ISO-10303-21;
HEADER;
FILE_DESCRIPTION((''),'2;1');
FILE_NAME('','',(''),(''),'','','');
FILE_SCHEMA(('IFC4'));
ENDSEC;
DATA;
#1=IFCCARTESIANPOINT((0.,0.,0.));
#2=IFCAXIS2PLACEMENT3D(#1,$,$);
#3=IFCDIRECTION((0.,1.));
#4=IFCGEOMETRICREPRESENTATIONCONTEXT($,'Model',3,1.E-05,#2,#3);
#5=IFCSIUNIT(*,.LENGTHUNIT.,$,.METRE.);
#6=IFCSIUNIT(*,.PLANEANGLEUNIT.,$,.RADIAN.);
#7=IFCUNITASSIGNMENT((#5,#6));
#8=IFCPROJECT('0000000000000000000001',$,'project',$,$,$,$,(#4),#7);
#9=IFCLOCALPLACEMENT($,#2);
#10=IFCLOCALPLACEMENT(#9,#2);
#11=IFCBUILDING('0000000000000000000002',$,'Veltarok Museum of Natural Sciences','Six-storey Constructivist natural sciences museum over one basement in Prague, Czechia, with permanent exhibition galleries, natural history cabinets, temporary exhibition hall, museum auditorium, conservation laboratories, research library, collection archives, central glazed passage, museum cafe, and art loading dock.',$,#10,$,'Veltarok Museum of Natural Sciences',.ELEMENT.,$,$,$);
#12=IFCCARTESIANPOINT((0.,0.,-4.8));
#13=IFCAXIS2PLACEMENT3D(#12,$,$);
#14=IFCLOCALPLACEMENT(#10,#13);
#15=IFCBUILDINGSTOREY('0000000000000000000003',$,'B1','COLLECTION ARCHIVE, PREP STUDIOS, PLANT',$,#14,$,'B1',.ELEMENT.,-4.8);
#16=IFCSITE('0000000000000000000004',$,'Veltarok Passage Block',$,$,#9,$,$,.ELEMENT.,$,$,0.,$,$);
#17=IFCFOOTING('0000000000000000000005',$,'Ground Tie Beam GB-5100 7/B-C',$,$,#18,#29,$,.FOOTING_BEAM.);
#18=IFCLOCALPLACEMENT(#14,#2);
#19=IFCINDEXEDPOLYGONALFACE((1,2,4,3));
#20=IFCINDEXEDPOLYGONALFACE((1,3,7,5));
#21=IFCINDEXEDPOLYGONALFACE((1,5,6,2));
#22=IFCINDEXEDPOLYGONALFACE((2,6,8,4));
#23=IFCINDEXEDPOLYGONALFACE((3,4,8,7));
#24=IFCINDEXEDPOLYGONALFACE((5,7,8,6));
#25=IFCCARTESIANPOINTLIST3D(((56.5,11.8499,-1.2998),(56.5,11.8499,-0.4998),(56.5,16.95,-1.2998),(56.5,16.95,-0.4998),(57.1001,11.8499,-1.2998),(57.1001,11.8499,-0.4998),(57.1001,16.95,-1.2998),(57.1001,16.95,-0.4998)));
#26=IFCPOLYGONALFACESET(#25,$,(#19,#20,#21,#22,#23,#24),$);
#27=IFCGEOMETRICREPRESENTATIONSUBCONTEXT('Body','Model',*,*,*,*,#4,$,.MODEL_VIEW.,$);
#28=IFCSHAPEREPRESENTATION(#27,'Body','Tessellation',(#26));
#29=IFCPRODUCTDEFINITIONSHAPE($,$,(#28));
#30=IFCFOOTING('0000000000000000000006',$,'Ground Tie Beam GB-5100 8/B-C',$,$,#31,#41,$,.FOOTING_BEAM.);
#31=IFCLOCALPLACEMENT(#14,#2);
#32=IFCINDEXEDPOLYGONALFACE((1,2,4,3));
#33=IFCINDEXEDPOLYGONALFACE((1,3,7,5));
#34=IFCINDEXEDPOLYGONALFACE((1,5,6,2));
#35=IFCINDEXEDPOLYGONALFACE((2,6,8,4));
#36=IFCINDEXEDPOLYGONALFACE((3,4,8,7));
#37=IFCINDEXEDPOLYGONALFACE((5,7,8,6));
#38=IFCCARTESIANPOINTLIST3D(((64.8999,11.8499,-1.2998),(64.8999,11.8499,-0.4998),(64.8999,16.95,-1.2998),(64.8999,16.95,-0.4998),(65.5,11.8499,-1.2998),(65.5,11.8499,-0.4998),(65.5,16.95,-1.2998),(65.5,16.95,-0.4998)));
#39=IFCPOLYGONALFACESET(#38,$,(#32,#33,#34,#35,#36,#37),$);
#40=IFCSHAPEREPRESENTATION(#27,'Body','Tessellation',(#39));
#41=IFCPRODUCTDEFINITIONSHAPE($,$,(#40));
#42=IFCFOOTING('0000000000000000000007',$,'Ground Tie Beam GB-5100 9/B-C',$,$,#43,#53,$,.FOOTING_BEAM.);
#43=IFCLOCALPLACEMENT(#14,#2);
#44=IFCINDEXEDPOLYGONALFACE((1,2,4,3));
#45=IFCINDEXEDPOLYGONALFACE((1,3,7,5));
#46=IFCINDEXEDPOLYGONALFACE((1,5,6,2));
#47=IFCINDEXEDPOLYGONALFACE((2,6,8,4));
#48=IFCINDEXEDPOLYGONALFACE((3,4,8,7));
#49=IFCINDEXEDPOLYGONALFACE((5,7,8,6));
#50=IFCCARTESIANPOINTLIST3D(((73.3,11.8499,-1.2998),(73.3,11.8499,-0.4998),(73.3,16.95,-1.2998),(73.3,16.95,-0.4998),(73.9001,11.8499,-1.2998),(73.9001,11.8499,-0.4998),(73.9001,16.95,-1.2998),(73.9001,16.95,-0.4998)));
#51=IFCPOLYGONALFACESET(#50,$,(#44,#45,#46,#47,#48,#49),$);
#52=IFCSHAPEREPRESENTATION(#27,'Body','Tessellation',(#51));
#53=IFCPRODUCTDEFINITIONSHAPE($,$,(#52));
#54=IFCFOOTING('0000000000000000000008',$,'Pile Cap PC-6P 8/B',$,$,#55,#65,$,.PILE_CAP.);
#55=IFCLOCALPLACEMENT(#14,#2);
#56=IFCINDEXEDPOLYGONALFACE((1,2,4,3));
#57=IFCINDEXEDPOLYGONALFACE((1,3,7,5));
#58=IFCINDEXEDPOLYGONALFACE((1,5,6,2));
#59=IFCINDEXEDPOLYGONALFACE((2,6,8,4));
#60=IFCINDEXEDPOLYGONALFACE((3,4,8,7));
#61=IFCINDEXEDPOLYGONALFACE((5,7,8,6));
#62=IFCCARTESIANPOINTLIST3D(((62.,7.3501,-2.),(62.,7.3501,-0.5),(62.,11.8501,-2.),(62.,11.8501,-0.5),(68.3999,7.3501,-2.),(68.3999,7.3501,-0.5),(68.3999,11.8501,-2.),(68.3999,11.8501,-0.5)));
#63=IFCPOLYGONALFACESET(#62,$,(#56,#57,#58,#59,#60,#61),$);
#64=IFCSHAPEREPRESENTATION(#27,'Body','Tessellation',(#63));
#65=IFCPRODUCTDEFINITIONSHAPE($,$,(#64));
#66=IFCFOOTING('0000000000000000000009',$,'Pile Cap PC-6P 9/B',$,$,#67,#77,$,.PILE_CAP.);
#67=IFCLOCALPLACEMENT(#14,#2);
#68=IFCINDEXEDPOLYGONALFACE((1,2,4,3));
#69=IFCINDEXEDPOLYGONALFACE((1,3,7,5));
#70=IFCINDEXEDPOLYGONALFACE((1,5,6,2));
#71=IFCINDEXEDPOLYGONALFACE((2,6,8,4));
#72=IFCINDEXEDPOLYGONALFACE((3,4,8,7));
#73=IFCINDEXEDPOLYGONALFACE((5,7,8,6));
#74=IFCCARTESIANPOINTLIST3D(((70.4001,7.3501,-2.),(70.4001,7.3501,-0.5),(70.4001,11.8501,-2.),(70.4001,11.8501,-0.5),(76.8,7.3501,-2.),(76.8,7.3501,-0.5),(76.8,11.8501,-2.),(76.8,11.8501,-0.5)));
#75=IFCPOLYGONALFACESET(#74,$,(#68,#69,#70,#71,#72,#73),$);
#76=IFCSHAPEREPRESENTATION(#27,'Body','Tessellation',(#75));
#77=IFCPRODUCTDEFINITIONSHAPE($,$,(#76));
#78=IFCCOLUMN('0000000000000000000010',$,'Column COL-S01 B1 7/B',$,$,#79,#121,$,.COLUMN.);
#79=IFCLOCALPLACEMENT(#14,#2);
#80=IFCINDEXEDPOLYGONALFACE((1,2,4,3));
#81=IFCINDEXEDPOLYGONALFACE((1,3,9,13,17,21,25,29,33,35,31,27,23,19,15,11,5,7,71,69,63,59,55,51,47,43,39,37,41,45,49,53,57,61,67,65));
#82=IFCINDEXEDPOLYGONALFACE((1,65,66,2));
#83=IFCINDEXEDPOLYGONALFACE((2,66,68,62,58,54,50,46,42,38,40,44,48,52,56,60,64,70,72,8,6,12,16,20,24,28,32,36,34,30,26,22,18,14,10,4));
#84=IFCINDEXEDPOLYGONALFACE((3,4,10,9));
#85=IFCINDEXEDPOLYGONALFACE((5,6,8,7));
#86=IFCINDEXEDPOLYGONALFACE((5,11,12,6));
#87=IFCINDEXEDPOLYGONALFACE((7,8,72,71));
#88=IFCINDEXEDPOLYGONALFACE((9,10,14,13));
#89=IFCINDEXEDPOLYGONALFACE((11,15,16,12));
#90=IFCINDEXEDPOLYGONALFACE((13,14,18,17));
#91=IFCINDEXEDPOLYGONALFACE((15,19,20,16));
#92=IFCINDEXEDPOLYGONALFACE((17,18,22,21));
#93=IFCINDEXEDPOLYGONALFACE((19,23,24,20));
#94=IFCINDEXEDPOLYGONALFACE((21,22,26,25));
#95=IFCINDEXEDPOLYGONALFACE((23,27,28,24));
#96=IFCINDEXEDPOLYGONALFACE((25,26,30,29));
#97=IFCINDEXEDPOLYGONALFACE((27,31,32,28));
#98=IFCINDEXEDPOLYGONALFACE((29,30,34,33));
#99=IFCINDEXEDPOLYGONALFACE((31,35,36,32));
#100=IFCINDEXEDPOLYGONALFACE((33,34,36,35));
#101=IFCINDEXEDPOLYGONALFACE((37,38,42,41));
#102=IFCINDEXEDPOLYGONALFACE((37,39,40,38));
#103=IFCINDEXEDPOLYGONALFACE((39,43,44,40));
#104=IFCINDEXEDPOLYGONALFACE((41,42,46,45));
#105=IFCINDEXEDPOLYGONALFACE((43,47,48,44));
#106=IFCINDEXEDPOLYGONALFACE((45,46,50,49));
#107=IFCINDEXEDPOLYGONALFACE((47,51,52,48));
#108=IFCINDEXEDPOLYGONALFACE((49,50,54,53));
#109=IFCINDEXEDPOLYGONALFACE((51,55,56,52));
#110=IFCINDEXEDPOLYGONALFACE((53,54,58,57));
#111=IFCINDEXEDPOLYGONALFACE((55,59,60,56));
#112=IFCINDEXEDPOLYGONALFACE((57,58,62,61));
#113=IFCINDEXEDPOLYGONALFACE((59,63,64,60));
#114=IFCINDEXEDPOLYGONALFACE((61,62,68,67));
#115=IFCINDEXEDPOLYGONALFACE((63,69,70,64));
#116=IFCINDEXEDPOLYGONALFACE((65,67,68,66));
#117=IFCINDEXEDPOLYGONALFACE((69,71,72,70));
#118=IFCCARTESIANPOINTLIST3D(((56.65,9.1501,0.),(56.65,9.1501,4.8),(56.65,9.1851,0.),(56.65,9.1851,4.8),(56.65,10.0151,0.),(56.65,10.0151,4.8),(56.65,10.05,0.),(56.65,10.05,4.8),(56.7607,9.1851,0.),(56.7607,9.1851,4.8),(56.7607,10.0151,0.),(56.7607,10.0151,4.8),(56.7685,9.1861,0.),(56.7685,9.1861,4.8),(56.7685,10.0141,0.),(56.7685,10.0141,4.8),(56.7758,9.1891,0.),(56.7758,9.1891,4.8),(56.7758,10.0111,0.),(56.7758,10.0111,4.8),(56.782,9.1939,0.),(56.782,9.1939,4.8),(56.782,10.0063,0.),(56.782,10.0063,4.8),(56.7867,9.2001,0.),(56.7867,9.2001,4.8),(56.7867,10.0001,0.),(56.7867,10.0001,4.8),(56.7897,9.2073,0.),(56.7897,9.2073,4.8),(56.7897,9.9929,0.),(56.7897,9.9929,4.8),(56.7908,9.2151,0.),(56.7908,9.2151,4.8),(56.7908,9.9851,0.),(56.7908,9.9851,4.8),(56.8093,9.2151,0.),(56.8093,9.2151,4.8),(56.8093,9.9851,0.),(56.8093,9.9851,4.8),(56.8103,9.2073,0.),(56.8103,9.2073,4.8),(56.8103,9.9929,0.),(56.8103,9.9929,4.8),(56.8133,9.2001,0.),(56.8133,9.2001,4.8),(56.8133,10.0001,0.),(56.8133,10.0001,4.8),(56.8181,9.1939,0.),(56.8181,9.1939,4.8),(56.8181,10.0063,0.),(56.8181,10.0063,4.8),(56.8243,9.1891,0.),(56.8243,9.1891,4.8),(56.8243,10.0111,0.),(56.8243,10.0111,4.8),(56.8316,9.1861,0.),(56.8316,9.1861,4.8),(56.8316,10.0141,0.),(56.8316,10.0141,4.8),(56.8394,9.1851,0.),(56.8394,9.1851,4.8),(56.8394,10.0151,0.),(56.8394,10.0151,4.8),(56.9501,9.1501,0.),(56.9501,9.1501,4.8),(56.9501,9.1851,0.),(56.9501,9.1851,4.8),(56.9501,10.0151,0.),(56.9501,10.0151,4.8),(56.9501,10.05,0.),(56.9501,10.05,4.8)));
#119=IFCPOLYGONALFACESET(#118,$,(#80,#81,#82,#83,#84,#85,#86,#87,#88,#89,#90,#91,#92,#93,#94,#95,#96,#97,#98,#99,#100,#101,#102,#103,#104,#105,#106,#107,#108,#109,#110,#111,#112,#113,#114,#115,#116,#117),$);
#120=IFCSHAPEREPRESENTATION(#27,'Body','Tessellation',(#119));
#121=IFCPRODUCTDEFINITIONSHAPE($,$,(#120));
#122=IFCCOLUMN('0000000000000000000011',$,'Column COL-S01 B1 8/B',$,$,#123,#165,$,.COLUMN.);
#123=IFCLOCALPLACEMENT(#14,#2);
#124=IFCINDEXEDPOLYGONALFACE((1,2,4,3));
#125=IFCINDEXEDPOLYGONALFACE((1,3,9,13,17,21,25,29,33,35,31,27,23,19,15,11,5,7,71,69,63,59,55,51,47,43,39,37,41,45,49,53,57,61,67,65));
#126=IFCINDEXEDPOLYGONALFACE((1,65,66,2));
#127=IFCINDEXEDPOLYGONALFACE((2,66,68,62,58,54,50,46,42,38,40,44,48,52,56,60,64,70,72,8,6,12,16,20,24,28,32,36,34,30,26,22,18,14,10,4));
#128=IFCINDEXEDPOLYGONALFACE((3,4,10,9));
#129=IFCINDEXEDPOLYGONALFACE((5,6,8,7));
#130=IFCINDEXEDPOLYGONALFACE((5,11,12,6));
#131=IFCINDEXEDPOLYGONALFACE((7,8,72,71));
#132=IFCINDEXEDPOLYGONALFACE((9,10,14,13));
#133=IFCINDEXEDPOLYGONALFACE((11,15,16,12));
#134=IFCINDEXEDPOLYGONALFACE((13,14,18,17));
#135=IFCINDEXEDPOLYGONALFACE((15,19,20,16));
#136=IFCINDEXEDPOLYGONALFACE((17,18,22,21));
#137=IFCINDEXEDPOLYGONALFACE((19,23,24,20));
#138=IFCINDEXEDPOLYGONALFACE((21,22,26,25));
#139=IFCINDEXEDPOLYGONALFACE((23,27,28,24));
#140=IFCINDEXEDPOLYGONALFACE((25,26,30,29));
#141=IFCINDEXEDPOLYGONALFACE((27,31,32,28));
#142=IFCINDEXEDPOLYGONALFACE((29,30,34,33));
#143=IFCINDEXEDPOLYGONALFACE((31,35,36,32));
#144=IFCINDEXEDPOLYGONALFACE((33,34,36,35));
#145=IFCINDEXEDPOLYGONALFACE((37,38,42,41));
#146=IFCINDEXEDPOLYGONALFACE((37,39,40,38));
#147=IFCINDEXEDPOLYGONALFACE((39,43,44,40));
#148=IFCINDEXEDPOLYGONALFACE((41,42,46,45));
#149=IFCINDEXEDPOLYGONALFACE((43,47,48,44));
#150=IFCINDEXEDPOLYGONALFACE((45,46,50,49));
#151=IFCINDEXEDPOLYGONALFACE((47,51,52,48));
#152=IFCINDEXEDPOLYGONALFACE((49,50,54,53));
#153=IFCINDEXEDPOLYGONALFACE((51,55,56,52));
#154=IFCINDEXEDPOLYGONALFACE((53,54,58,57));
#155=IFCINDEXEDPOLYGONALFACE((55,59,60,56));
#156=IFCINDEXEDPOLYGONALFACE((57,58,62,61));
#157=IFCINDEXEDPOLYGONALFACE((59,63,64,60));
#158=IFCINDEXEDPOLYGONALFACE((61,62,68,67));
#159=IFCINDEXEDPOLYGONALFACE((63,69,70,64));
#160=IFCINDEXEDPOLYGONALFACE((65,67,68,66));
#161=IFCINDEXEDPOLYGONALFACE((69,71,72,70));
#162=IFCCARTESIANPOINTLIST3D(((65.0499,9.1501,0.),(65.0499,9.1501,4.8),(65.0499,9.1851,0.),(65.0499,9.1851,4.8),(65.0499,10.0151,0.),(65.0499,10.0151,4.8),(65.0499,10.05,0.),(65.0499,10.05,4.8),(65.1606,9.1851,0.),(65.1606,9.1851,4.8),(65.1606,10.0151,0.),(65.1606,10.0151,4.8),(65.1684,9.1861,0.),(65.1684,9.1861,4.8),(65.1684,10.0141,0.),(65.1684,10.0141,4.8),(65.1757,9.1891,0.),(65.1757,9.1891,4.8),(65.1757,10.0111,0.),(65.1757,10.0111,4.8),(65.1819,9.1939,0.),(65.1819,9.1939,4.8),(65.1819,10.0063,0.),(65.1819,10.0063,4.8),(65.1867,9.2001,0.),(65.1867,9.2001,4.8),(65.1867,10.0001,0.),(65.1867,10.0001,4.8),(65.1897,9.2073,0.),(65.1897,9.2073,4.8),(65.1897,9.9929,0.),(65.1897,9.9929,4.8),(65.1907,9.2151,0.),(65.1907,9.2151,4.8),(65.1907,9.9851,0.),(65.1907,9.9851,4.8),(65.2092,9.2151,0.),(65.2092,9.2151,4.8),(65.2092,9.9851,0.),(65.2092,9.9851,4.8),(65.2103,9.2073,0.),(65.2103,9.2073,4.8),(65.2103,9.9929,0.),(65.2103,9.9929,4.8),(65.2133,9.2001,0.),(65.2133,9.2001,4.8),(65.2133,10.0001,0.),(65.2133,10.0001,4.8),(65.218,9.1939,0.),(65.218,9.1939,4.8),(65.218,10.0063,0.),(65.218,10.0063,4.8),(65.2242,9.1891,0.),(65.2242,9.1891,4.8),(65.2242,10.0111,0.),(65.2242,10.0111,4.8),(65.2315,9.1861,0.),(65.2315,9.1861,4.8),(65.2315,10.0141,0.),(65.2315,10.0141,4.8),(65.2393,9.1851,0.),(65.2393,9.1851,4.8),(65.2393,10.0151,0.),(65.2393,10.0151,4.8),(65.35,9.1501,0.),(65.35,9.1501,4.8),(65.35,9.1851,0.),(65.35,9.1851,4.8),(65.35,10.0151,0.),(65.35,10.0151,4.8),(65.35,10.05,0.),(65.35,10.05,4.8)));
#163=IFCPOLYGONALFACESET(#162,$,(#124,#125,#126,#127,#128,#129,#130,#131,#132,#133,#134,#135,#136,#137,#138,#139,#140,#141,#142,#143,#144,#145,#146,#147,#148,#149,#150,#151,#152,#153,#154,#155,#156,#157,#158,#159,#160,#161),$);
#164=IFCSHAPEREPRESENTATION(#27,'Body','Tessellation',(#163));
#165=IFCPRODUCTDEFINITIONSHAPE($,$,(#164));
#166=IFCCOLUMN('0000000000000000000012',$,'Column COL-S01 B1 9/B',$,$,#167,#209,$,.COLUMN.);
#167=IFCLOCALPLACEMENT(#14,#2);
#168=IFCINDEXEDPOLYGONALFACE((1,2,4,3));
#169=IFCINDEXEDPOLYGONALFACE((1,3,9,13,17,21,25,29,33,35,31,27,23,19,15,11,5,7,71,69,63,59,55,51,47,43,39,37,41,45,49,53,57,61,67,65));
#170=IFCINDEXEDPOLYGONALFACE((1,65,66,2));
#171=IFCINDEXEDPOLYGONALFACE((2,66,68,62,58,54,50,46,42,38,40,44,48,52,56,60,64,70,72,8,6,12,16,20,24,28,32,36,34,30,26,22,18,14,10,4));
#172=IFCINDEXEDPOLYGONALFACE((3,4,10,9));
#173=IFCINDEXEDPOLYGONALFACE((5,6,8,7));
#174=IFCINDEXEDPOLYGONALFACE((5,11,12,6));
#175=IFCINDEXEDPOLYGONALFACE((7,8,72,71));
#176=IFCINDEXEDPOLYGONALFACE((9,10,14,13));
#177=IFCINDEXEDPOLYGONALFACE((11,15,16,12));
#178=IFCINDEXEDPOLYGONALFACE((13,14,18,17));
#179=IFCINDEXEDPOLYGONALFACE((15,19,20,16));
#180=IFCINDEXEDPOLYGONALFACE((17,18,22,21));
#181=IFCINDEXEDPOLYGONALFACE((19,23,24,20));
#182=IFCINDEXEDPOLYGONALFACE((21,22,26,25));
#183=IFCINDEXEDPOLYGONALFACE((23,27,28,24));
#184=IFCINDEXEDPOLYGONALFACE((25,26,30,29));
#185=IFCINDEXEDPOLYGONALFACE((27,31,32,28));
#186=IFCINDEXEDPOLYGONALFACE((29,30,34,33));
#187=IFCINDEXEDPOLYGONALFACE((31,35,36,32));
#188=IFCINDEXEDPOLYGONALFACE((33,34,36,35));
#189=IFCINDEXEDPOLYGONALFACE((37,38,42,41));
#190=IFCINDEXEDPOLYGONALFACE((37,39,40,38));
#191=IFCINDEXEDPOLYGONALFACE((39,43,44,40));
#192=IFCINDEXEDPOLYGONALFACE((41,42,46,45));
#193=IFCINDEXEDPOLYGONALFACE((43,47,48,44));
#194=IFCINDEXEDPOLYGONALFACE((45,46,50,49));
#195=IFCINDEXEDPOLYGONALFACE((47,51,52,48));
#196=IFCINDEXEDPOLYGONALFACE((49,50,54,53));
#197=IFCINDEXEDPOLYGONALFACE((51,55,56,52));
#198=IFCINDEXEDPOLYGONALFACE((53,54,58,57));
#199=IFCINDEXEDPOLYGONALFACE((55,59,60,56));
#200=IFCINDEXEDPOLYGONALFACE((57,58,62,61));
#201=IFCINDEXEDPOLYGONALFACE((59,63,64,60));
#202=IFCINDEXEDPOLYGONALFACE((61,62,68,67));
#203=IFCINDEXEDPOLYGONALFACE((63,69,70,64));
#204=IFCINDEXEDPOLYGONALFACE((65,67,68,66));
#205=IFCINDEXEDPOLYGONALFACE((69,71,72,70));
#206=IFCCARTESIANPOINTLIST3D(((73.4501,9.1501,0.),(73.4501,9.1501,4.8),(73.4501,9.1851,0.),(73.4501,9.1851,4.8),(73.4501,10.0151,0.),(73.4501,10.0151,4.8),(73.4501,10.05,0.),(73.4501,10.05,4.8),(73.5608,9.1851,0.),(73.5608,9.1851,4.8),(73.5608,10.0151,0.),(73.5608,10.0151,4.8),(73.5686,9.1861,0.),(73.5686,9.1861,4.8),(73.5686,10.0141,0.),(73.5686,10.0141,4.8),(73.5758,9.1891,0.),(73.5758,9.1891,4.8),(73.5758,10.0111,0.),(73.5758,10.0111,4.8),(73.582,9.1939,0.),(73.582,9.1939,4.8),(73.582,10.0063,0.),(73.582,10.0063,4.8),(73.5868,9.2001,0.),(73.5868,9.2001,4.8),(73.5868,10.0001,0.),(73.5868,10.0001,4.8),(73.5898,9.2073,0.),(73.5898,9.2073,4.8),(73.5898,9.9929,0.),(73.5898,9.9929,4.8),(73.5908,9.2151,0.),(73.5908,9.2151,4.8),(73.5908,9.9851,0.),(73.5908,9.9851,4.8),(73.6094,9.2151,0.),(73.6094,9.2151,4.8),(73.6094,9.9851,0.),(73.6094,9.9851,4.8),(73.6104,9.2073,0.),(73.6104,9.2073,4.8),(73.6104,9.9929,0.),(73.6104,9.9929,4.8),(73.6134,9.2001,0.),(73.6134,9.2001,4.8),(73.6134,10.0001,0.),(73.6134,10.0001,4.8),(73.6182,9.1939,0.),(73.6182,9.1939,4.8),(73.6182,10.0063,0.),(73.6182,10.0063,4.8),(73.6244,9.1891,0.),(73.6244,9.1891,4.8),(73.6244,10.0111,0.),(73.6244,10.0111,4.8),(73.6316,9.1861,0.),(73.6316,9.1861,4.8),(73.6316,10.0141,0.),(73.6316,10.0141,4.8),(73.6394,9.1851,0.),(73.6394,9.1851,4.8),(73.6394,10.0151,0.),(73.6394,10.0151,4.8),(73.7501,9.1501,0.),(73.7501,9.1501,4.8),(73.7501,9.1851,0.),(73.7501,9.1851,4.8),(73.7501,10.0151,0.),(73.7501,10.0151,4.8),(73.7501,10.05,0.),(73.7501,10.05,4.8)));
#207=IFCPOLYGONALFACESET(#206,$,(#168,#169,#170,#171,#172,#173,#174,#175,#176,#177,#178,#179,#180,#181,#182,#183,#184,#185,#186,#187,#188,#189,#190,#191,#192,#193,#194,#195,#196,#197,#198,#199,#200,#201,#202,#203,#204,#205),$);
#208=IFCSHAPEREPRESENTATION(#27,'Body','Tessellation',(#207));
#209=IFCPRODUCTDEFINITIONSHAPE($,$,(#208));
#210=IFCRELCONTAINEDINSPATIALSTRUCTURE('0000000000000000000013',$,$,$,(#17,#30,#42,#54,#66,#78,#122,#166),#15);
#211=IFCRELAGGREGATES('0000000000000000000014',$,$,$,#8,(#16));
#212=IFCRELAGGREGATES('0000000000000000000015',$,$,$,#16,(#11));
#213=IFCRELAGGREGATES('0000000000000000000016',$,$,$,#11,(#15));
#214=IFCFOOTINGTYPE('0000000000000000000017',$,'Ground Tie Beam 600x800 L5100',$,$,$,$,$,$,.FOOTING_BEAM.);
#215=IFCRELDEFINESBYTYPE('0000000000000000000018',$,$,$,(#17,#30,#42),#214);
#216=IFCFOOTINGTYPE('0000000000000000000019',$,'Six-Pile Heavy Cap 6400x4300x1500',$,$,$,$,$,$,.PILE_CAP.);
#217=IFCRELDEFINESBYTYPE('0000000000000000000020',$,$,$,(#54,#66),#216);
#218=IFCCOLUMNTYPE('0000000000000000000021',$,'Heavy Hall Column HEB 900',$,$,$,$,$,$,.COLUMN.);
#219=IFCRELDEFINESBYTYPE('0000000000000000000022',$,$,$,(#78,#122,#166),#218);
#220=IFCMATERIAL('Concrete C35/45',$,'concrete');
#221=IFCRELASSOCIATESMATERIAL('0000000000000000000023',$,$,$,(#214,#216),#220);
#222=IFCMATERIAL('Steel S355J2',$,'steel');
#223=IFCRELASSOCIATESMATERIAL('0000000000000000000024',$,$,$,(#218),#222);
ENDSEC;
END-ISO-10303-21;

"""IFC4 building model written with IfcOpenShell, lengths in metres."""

from ifc_helpers import new_model, si_unit, direction, frame, origin, origin_2d, place, context, subcontext, project, spatial, rectangle, i_section, extrude, material, material_profile, profile_set, type_object, element, save


model = new_model("IFC4")

# Units and contexts
model_context = context("Model", 3, precision=1e-05, world=origin(), true_north=direction((0.0, 1.0)))
body_context = subcontext(model_context, "Body", "Model", "MODEL_VIEW")
ifc_project = project(units=[si_unit("LENGTHUNIT", "METRE"), si_unit("PLANEANGLEUNIT", "RADIAN")], contexts=[model_context])

# Site, building, storey
site_placement = place(None, origin())
site = spatial("IfcSite", under=ifc_project, at=site_placement, Name="Veltarok Passage Block", CompositionType="ELEMENT", RefElevation=0.0)
building_placement = place(site_placement, origin())
building = spatial("IfcBuilding", under=site, at=building_placement, Name="Veltarok Museum of Natural Sciences", Description="Six-storey Constructivist natural sciences museum over one basement in Prague, Czechia, with permanent exhibition galleries, natural history cabinets, temporary exhibition hall, museum auditorium, conservation laboratories, research library, collection archives, central glazed passage, museum cafe, and art loading dock.", LongName="Veltarok Museum of Natural Sciences", CompositionType="ELEMENT")
storey_placement = place(building_placement, frame((0.0, 0.0, -4.8)))
storey = spatial("IfcBuildingStorey", under=building, at=storey_placement, Name="B1", Description="COLLECTION ARCHIVE, PREP STUDIOS, PLANT", LongName="B1", CompositionType="ELEMENT", Elevation=-4.8)

# Shared definitions
ifc_material_1 = material(Name="Concrete C35/45", Category="concrete")

# Footings
footing_type_1 = type_object("IfcFootingType", Name="Ground Tie Beam 600x800 L5100", PredefinedType="FOOTING_BEAM", material=ifc_material_1)
for number, where, z_axis, x_axis, name in (
    (1, (56.8, 14.3999, -1.2998), (0.0, 0.0, 1.0), (0.0, 1.0, 0.0), "Ground Tie Beam GB-5100 7/B-C"),
    (2, (65.2, 14.3999, -1.2998), (0.0, 0.0, 1.0), (0.0, 1.0, 0.0), "Ground Tie Beam GB-5100 8/B-C"),
    (3, (73.6001, 14.3999, -1.2998), (0.0, 0.0, 1.0), (0.0, 1.0, 0.0), "Ground Tie Beam GB-5100 9/B-C"),
):
    element("IfcFooting", number, at=place(storey_placement, frame(where, z_axis=z_axis, x_axis=x_axis)), inside=storey, type_object=footing_type_1, Name=name, PredefinedType="FOOTING_BEAM", context=body_context, shape_type="SweptSolid", body=[
        extrude(rectangle(XDim=5.1001, YDim=0.6001, at=origin_2d()), origin(), (0.0, 0.0, 1.0), 0.8),
    ])
footing_type_2 = type_object("IfcFootingType", Name="Six-Pile Heavy Cap 6400x4300x1500", PredefinedType="PILE_CAP", material=ifc_material_1)
for number, where, z_axis, x_axis, name in (
    (4, (65.2, 9.6001, -2.0), (0.0, 0.0, 1.0), (1.0, 0.0, 0.0), "Pile Cap PC-6P 8/B"),
    (5, (73.6001, 9.6001, -2.0), (0.0, 0.0, 1.0), (1.0, 0.0, 0.0), "Pile Cap PC-6P 9/B"),
):
    element("IfcFooting", number, at=place(storey_placement, frame(where, z_axis=z_axis, x_axis=x_axis)), inside=storey, type_object=footing_type_2, Name=name, PredefinedType="PILE_CAP", context=body_context, shape_type="SweptSolid", body=[
        extrude(rectangle(XDim=6.3999, YDim=4.5, at=origin_2d()), origin(), (0.0, 0.0, 1.0), 1.5),
    ])

# Columns
ifc_material_2 = material(Name="Steel S355J2", Category="steel")
ifc_material_profile_1 = material_profile(ifc_material_2, i_section(OverallWidth=0.3, OverallDepth=0.8999, WebThickness=0.0186, FlangeThickness=0.0349, FilletRadius=0.03, at=origin_2d()), Name="HEB 900")
ifc_profile_set_1 = profile_set([ifc_material_profile_1], Name="Steel S355J2")
column_type = type_object("IfcColumnType", Name="Heavy Hall Column HEB 900", PredefinedType="COLUMN", material=ifc_profile_set_1)
for number, where, z_axis, x_axis, name in (
    (6, (56.8, 9.6001, 0.0), (0.0, 0.0, 1.0), (1.0, 0.0, 0.0), "Column COL-S01 B1 7/B"),
    (7, (65.2, 9.6001, 0.0), (0.0, 0.0, 1.0), (1.0, 0.0, 0.0), "Column COL-S01 B1 8/B"),
    (8, (73.6001, 9.6001, 0.0), (0.0, 0.0, 1.0), (1.0, 0.0, 0.0), "Column COL-S01 B1 9/B"),
):
    element("IfcColumn", number, at=place(storey_placement, frame(where, z_axis=z_axis, x_axis=x_axis)), inside=storey, type_object=column_type, Name=name, PredefinedType="COLUMN", context=body_context, shape_type="SweptSolid", body=[
        extrude(i_section(OverallWidth=0.3, OverallDepth=0.8999, WebThickness=0.0186, FlangeThickness=0.0349, FilletRadius=0.03, at=origin_2d()), origin(), (0.0, 0.0, 1.0), 4.8),
    ])

save(model, "model.ifc")
